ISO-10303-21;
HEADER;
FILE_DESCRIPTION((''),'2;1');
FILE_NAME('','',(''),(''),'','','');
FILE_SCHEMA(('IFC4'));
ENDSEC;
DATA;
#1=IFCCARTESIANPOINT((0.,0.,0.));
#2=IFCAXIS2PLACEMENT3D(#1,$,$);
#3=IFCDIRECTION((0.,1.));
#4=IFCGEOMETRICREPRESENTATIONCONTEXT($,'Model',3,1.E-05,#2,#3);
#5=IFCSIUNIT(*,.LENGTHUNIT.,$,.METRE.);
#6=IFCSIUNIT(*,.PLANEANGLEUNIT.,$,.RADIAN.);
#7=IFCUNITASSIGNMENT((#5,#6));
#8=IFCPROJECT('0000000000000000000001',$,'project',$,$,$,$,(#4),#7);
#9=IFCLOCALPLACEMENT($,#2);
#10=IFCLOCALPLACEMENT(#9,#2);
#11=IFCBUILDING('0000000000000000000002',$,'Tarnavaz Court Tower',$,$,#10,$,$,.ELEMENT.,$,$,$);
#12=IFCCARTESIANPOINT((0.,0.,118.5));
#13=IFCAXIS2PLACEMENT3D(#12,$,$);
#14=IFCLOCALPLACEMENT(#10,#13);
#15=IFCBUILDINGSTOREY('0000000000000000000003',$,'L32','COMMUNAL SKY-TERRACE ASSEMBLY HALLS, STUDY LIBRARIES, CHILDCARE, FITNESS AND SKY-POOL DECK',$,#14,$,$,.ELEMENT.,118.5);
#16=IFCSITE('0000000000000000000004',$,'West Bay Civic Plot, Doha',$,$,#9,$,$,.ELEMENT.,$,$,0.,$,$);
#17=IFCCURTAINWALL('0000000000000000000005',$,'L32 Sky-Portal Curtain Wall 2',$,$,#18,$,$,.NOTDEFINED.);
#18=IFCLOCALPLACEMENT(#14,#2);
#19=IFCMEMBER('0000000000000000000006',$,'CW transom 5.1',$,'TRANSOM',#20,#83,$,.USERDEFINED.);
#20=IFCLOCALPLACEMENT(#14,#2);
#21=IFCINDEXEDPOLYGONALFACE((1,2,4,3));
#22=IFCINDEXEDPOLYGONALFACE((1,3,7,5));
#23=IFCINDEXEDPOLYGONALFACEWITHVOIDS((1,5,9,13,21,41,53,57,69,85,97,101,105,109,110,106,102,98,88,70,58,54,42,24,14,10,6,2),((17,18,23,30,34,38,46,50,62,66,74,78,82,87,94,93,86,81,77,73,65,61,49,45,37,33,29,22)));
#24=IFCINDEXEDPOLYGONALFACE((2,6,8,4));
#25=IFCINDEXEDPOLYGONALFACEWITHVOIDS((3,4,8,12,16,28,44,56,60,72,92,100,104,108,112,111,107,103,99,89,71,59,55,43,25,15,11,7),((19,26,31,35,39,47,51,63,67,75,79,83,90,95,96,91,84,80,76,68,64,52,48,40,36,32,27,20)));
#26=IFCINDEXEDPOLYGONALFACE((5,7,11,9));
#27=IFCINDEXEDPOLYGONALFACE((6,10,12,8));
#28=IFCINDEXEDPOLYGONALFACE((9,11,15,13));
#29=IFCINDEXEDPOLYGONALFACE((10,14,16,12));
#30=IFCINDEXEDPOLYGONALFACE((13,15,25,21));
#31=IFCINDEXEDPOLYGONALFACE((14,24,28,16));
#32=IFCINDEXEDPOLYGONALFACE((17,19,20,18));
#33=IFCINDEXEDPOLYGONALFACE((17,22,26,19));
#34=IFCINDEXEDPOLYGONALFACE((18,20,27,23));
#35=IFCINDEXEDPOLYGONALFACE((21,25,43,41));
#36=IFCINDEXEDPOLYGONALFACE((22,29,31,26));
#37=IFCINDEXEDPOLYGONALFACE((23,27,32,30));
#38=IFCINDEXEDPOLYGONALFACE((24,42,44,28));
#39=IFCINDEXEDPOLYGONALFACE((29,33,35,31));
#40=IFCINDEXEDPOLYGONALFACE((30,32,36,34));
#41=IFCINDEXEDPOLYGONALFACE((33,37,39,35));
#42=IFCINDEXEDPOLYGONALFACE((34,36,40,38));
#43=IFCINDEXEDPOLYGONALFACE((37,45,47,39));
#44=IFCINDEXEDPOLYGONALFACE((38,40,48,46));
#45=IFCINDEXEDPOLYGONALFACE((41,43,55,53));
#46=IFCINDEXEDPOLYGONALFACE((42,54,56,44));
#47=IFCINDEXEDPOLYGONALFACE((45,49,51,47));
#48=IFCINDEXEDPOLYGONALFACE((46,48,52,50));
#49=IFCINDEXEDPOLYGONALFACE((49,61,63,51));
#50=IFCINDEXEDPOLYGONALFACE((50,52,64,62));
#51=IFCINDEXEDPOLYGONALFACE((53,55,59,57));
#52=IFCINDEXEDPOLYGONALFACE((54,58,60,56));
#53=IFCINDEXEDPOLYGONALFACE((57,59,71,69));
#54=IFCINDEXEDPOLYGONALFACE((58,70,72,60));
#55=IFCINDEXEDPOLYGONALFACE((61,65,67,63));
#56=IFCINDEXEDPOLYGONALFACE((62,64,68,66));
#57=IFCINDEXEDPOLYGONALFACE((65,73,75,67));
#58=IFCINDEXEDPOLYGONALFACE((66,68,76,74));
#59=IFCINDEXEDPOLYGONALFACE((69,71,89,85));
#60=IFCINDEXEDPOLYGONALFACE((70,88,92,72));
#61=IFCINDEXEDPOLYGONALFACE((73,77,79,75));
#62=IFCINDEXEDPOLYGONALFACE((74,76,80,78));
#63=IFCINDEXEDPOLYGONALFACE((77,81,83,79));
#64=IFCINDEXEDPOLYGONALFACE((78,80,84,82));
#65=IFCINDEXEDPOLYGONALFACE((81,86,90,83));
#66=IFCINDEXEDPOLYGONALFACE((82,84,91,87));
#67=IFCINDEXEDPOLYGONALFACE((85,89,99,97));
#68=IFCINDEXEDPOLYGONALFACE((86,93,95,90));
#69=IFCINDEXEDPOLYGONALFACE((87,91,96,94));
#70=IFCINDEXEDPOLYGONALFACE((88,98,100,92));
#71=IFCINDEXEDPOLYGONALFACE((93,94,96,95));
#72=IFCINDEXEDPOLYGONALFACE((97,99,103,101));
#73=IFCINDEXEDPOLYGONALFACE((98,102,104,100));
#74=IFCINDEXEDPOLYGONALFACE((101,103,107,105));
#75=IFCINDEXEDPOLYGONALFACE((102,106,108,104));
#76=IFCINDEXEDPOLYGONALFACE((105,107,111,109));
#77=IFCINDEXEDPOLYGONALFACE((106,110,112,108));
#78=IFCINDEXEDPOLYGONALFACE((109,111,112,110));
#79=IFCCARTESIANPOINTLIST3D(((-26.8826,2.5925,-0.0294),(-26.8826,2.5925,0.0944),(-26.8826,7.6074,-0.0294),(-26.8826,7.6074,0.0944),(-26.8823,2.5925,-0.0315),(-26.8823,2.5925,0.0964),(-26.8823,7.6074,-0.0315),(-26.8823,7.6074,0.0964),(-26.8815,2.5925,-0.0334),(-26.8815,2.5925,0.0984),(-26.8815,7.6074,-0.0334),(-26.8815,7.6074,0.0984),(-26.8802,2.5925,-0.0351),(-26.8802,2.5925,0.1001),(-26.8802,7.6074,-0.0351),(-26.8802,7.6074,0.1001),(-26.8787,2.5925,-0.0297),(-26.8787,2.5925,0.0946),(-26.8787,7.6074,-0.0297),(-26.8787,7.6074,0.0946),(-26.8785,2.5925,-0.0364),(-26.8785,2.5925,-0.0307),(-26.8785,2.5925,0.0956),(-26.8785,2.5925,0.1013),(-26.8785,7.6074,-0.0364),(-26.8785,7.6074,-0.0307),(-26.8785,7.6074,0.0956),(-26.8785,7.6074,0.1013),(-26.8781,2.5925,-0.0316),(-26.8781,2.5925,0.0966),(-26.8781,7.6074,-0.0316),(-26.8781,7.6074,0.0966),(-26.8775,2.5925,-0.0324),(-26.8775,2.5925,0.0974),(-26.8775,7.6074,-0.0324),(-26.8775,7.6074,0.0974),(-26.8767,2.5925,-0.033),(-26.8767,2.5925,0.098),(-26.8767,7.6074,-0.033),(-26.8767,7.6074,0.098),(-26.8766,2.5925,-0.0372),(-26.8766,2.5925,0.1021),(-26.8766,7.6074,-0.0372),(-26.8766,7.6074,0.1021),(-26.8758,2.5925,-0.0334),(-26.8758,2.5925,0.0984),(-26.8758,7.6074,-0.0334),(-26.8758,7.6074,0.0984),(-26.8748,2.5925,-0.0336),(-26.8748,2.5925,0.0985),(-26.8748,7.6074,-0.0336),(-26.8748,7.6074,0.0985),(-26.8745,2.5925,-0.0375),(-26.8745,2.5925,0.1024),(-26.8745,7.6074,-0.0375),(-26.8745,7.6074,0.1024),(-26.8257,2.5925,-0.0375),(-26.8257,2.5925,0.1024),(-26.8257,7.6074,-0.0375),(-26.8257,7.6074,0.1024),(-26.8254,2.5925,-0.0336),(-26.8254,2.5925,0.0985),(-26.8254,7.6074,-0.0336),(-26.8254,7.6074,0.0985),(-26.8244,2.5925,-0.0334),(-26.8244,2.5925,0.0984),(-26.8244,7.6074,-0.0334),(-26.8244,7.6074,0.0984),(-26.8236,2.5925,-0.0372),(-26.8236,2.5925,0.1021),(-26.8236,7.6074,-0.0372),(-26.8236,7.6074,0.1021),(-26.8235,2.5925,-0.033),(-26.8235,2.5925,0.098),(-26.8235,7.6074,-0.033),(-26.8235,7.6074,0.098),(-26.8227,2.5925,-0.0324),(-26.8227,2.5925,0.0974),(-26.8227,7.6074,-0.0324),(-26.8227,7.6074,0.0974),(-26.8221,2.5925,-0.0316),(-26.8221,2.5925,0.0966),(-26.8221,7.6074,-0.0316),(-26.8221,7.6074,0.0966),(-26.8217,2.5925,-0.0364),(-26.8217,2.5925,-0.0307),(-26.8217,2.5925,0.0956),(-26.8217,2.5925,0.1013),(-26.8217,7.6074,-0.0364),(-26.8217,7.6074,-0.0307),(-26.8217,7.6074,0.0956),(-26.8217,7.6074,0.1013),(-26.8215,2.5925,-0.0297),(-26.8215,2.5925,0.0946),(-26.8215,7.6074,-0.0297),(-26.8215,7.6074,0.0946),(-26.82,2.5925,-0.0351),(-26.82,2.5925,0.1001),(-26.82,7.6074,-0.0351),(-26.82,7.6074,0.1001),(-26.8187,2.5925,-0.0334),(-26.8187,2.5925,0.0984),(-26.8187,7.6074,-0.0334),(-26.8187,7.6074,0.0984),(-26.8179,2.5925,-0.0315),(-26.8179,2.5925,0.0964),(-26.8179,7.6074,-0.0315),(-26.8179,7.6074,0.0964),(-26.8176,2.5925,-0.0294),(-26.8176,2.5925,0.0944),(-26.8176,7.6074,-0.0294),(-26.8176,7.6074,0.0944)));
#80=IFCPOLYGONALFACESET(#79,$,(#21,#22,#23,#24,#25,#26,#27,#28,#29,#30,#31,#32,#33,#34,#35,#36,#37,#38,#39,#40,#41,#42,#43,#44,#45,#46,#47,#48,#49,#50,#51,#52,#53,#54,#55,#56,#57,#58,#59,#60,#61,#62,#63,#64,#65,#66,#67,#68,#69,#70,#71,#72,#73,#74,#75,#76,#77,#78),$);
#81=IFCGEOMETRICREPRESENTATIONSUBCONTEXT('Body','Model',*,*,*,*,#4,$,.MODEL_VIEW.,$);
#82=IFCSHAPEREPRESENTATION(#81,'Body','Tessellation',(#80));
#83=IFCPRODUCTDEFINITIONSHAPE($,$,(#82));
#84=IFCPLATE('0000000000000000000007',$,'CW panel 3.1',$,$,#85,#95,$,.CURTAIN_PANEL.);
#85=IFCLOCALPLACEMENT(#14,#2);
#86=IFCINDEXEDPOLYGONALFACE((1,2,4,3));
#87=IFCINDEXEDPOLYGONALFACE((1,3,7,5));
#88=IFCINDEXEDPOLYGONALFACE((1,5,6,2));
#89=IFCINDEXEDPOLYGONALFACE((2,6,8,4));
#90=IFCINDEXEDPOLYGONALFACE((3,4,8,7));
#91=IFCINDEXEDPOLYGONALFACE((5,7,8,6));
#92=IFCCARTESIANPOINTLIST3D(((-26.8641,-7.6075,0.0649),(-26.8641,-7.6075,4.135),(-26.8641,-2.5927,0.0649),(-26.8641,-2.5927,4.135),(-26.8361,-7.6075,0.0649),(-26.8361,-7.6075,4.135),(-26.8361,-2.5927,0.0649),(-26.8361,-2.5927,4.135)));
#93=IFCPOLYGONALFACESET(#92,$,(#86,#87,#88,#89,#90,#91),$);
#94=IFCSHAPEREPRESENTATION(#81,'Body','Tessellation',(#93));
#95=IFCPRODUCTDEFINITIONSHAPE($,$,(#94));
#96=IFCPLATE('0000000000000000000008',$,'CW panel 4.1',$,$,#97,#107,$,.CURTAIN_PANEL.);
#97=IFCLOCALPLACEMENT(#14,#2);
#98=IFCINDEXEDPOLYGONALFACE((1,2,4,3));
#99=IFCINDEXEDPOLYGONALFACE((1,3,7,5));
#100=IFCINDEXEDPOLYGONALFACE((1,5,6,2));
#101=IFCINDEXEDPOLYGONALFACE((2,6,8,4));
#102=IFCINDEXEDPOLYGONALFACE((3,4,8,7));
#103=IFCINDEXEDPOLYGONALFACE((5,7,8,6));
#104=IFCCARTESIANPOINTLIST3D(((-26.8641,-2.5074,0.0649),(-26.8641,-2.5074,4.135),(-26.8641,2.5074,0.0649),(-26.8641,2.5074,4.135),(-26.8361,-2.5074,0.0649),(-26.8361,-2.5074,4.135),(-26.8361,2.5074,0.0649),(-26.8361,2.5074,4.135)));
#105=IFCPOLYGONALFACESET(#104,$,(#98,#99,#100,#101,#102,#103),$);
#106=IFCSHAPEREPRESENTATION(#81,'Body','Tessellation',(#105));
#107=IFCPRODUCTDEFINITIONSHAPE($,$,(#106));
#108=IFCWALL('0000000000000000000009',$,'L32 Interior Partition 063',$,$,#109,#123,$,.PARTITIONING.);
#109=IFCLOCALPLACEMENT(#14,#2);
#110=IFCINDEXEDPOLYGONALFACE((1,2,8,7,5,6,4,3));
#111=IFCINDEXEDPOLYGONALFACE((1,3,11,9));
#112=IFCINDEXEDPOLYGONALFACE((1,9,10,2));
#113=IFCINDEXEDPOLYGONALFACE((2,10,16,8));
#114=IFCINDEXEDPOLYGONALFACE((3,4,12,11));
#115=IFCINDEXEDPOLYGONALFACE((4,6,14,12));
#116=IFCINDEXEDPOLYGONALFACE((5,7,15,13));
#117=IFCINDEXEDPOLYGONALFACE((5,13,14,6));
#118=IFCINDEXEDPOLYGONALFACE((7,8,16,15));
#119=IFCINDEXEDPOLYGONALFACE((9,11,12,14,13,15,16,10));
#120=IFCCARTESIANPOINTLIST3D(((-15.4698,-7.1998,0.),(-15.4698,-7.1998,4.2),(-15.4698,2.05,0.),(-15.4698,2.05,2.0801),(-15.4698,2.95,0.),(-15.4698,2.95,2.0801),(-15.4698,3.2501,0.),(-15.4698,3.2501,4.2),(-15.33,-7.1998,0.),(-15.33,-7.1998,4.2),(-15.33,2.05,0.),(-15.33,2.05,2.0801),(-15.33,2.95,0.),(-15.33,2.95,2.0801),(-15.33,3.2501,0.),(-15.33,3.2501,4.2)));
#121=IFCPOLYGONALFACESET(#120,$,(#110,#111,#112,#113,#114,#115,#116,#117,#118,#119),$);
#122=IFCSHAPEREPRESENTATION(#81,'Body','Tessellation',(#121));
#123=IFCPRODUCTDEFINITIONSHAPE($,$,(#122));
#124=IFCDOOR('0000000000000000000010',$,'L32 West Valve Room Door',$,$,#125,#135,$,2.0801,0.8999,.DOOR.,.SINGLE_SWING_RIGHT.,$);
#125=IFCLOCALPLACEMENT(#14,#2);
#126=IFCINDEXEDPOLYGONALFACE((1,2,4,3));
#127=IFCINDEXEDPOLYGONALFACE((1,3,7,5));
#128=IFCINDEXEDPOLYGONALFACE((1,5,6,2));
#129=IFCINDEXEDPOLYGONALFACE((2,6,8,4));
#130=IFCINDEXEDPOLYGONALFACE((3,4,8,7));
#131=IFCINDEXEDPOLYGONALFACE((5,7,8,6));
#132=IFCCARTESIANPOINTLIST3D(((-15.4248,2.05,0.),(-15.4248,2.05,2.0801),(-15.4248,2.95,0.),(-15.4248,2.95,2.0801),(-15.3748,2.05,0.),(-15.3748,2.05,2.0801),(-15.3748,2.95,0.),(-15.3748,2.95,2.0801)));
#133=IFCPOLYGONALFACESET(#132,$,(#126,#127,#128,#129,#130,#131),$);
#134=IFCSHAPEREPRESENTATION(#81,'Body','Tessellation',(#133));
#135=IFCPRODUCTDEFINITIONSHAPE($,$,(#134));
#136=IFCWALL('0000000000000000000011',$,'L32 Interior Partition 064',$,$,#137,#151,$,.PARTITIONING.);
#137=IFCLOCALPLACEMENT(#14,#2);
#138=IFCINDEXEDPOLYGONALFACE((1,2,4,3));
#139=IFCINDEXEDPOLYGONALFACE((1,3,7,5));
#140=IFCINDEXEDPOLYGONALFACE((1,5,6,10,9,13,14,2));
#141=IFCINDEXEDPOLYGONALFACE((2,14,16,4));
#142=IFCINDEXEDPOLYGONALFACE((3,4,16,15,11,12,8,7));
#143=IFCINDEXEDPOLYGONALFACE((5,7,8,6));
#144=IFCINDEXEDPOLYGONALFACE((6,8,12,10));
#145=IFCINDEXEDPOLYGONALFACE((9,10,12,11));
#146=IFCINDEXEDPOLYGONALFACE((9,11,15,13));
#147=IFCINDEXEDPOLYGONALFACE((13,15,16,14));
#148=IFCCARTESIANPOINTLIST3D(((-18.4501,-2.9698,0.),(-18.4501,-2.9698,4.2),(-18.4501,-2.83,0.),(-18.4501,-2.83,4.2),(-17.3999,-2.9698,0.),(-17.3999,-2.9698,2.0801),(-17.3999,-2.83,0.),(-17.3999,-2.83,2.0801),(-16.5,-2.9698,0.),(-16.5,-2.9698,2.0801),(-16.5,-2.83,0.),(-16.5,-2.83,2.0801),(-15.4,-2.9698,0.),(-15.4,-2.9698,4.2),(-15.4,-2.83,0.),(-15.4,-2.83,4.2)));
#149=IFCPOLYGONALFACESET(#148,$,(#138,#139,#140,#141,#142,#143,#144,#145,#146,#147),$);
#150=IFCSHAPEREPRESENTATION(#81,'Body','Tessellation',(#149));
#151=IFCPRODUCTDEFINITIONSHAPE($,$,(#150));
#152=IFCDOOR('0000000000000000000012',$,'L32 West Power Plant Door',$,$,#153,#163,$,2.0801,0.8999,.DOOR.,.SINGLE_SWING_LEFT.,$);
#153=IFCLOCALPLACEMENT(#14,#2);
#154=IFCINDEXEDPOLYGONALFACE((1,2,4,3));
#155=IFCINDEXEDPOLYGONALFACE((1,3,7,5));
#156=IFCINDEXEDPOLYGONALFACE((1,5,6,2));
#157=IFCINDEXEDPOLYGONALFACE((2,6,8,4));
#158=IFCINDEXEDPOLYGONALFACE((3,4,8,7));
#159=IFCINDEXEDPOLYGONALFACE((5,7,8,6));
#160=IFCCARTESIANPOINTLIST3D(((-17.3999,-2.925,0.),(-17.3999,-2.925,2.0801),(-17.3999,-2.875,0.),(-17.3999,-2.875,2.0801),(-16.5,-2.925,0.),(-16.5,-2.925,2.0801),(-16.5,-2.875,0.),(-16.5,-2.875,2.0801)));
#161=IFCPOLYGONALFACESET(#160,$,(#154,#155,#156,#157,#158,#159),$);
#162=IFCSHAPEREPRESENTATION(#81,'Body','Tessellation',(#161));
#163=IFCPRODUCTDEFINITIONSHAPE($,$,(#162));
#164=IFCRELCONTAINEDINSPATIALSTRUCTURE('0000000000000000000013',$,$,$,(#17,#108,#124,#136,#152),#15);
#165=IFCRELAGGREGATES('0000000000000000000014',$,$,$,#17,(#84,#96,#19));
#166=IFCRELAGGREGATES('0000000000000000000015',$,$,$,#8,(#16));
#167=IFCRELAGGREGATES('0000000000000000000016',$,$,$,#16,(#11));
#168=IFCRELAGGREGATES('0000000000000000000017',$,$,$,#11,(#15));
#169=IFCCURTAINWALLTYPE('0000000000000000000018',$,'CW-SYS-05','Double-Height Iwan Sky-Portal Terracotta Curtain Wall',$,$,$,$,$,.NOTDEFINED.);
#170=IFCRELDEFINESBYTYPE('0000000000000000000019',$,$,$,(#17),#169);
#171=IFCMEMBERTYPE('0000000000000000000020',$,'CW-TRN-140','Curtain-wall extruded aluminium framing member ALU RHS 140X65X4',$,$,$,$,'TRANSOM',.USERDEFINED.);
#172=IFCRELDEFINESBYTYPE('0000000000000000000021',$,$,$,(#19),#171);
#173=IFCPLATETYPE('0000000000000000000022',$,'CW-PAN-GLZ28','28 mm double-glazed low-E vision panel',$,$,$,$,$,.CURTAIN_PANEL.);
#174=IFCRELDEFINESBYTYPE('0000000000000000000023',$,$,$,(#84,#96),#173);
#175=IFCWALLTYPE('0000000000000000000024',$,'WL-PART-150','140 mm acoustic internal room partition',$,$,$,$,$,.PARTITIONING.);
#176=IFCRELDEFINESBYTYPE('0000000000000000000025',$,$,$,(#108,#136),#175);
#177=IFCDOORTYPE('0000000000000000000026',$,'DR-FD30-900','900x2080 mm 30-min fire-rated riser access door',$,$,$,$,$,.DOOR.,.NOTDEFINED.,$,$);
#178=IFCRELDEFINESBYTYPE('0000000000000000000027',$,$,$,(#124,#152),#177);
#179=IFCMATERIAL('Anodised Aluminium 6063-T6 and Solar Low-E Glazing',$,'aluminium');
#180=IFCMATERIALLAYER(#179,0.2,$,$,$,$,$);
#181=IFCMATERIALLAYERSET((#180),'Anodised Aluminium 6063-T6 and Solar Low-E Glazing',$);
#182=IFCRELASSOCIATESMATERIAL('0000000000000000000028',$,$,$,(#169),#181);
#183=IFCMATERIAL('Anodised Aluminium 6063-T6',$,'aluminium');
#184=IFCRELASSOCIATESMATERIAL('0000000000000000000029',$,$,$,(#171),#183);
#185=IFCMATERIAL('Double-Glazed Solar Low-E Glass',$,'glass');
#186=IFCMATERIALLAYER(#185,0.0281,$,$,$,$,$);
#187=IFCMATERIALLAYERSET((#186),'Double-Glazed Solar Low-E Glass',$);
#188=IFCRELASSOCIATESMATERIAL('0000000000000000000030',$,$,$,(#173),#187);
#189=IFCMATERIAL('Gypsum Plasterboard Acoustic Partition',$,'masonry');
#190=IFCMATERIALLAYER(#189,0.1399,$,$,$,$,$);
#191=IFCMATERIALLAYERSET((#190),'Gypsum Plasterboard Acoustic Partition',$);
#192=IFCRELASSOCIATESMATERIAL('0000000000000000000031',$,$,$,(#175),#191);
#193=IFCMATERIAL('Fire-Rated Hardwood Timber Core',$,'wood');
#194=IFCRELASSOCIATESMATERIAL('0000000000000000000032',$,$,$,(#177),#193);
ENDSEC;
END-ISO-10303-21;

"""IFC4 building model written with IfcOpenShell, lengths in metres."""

from ifc_helpers import new_model, si_unit, direction, frame, frame_2d, origin, origin_2d, place, context, subcontext, project, spatial, rectangle, hollow_rectangle, extrude, material, layer, layer_set, material_profile, profile_set, type_object, element, fill, aggregate, save


model = new_model("IFC4")

# Units and contexts
model_context = context("Model", 3, precision=1e-05, world=origin(), true_north=direction((0.0, 1.0)))
body_context = subcontext(model_context, "Body", "Model", "MODEL_VIEW")
ifc_project = project(units=[si_unit("LENGTHUNIT", "METRE"), si_unit("PLANEANGLEUNIT", "RADIAN")], contexts=[model_context])

# Site, building, storey
site_placement = place(None, origin())
site = spatial("IfcSite", under=ifc_project, at=site_placement, Name="West Bay Civic Plot, Doha", CompositionType="ELEMENT", RefElevation=0.0)
building_placement = place(site_placement, origin())
building = spatial("IfcBuilding", under=site, at=building_placement, Name="Tarnavaz Court Tower", CompositionType="ELEMENT")
storey_placement = place(building_placement, frame((0.0, 0.0, 118.5)))
storey = spatial("IfcBuildingStorey", under=building, at=storey_placement, Name="L32", Description="COMMUNAL SKY-TERRACE ASSEMBLY HALLS, STUDY LIBRARIES, CHILDCARE, FITNESS AND SKY-POOL DECK", CompositionType="ELEMENT", Elevation=118.5)

# Curtain wall, member, plates
ifc_material_1 = material(Name="Anodised Aluminium 6063-T6 and Solar Low-E Glazing", Category="aluminium")
ifc_layer_1 = layer(ifc_material_1, 0.2)
ifc_layer_set_1 = layer_set([ifc_layer_1], Name="Anodised Aluminium 6063-T6 and Solar Low-E Glazing")
curtain_wall_type = type_object("IfcCurtainWallType", Name="CW-SYS-05", Description="Double-Height Iwan Sky-Portal Terracotta Curtain Wall", PredefinedType="NOTDEFINED", material=ifc_layer_set_1)
curtain_wall_placement = place(storey_placement, origin())
curtain_wall = element("IfcCurtainWall", 1, at=curtain_wall_placement, inside=storey, type_object=curtain_wall_type, Name="L32 Sky-Portal Curtain Wall 2", PredefinedType="NOTDEFINED")
ifc_material_2 = material(Name="Anodised Aluminium 6063-T6", Category="aluminium")
ifc_material_profile_1 = material_profile(ifc_material_2, hollow_rectangle(XDim=0.0649, YDim=0.1399, WallThickness=0.0039, InnerFilletRadius=0.0039, OuterFilletRadius=0.0081, at=origin_2d()), Name="ALU RHS 140X65X4")
ifc_profile_set_1 = profile_set([ifc_material_profile_1], Name="Anodised Aluminium 6063-T6")
member_type_1 = type_object("IfcMemberType", Name="CW-TRN-140", Description="Curtain-wall extruded aluminium framing member ALU RHS 140X65X4", ElementType="TRANSOM", PredefinedType="USERDEFINED", material=ifc_profile_set_1)
member_1_placement = place(storey_placement, frame((-26.8501, 2.5925, 0.0325), z_axis=(0.0, 1.0, 0.0), x_axis=(-1.0, 0.0, 0.0)))
member_1 = element("IfcMember", 2, at=member_1_placement, type_object=member_type_1, Name="CW transom 5.1", ObjectType="TRANSOM", PredefinedType="USERDEFINED", context=body_context, shape_type="SweptSolid", body=[
    extrude(hollow_rectangle(XDim=0.0649, YDim=0.1399, WallThickness=0.0039, InnerFilletRadius=0.0039, OuterFilletRadius=0.0081, at=origin_2d()), origin(), (0.0, 0.0, 1.0), 5.0149),
])
ifc_material_3 = material(Name="Double-Glazed Solar Low-E Glass", Category="glass")
ifc_layer_2 = layer(ifc_material_3, 0.0281)
ifc_layer_set_2 = layer_set([ifc_layer_2], Name="Double-Glazed Solar Low-E Glass")
plate_type = type_object("IfcPlateType", Name="CW-PAN-GLZ28", Description="28 mm double-glazed low-E vision panel", PredefinedType="CURTAIN_PANEL", material=ifc_layer_set_2)
plate_1_placement = place(storey_placement, frame((-26.8501, -5.1001, 0.0649), z_axis=(0.0, 0.0, 1.0), x_axis=(0.0, 1.0, 0.0)))
plate_1 = element("IfcPlate", 3, at=plate_1_placement, type_object=plate_type, Name="CW panel 3.1", PredefinedType="CURTAIN_PANEL", context=body_context, shape_type="SweptSolid", body=[
    extrude(rectangle(XDim=5.0149, YDim=0.0281, at=origin_2d()), origin(), (0.0, 0.0, 1.0), 4.0701),
])
plate_2_placement = place(storey_placement, frame((-26.8501, 0.0, 0.0649), z_axis=(0.0, 0.0, 1.0), x_axis=(0.0, 1.0, 0.0)))
plate_2 = element("IfcPlate", 4, at=plate_2_placement, type_object=plate_type, Name="CW panel 4.1", PredefinedType="CURTAIN_PANEL", context=body_context, shape_type="SweptSolid", body=[
    extrude(rectangle(XDim=5.0149, YDim=0.0281, at=origin_2d()), origin(), (0.0, 0.0, 1.0), 4.0701),
])
aggregate(curtain_wall, [plate_1, plate_2, member_1])

# Walls, openings, doors
ifc_material_4 = material(Name="Gypsum Plasterboard Acoustic Partition", Category="masonry")
ifc_layer_3 = layer(ifc_material_4, 0.1399)
ifc_layer_set_3 = layer_set([ifc_layer_3], Name="Gypsum Plasterboard Acoustic Partition")
wall_type_1 = type_object("IfcWallType", Name="WL-PART-150", Description="140 mm acoustic internal room partition", PredefinedType="PARTITIONING", material=ifc_layer_set_3)
wall_1_placement = place(storey_placement, frame((-15.3999, -7.2, 0.0), z_axis=(0.0, 0.0, 1.0), x_axis=(0.0, 1.0, 0.0)))
wall_1 = element("IfcWall", 5, at=wall_1_placement, inside=storey, type_object=wall_type_1, Name="L32 Interior Partition 063", PredefinedType="PARTITIONING", context=body_context, shape_type="SweptSolid", body=[
    extrude(rectangle(XDim=10.45, YDim=0.1399, at=frame_2d((5.2251, 0.0))), origin(), (0.0, 0.0, 1.0), 4.2),
])
opening_1_placement = place(wall_1_placement, frame((9.25, 0.0, 0.0)))
opening_1 = element("IfcOpeningElement", 6, at=opening_1_placement, cuts=wall_1, PredefinedType="OPENING", context=body_context, shape_type="SweptSolid", body=[
    extrude(rectangle(XDim=0.8999, YDim=2.0801, at=frame_2d((0.45, 1.04))), frame((0.0, 0.0798, 0.0), z_axis=(0.0, -1.0, 0.0), x_axis=(1.0, 0.0, 0.0)), (0.0, 0.0, 1.0), 0.1599),
])
ifc_material_5 = material(Name="Fire-Rated Hardwood Timber Core", Category="wood")
door_type_1 = type_object("IfcDoorType", Name="DR-FD30-900", Description="900x2080 mm 30-min fire-rated riser access door", OperationType="NOTDEFINED", PredefinedType="DOOR", material=ifc_material_5)
door_1_placement = place(opening_1_placement, origin())
door_1 = element("IfcDoor", 7, at=door_1_placement, inside=storey, type_object=door_type_1, Name="L32 West Valve Room Door", OperationType="SINGLE_SWING_RIGHT", OverallHeight=2.0801, OverallWidth=0.8999, PredefinedType="DOOR", context=body_context, shape_type="SweptSolid", body=[
    extrude(rectangle(XDim=0.8999, YDim=2.0801, at=frame_2d((0.45, 1.04))), frame((0.0, 0.0249, 0.0), z_axis=(0.0, -1.0, 0.0), x_axis=(1.0, 0.0, 0.0)), (0.0, 0.0, 1.0), 0.05),
])
fill(opening_1, door_1)
wall_2_placement = place(storey_placement, frame((-18.45, -2.8999, 0.0), z_axis=(0.0, 0.0, 1.0), x_axis=(1.0, 0.0, 0.0)))
wall_2 = element("IfcWall", 8, at=wall_2_placement, inside=storey, type_object=wall_type_1, Name="L32 Interior Partition 064", PredefinedType="PARTITIONING", context=body_context, shape_type="SweptSolid", body=[
    extrude(rectangle(XDim=3.05, YDim=0.1399, at=frame_2d((1.5249, 0.0))), origin(), (0.0, 0.0, 1.0), 4.2),
])
opening_2_placement = place(wall_2_placement, frame((1.05, 0.0, 0.0)))
opening_2 = element("IfcOpeningElement", 9, at=opening_2_placement, cuts=wall_2, PredefinedType="OPENING", context=body_context, shape_type="SweptSolid", body=[
    extrude(rectangle(XDim=0.8999, YDim=2.0801, at=frame_2d((0.45, 1.04))), frame((0.0, 0.0798, 0.0), z_axis=(0.0, -1.0, 0.0), x_axis=(1.0, 0.0, 0.0)), (0.0, 0.0, 1.0), 0.1599),
])
door_2_placement = place(opening_2_placement, origin())
door_2 = element("IfcDoor", 10, at=door_2_placement, inside=storey, type_object=door_type_1, Name="L32 West Power Plant Door", OperationType="SINGLE_SWING_LEFT", OverallHeight=2.0801, OverallWidth=0.8999, PredefinedType="DOOR", context=body_context, shape_type="SweptSolid", body=[
    extrude(rectangle(XDim=0.8999, YDim=2.0801, at=frame_2d((0.45, 1.04))), frame((0.0, 0.0249, 0.0), z_axis=(0.0, -1.0, 0.0), x_axis=(1.0, 0.0, 0.0)), (0.0, 0.0, 1.0), 0.05),
])
fill(opening_2, door_2)

save(model, "model.ifc")
